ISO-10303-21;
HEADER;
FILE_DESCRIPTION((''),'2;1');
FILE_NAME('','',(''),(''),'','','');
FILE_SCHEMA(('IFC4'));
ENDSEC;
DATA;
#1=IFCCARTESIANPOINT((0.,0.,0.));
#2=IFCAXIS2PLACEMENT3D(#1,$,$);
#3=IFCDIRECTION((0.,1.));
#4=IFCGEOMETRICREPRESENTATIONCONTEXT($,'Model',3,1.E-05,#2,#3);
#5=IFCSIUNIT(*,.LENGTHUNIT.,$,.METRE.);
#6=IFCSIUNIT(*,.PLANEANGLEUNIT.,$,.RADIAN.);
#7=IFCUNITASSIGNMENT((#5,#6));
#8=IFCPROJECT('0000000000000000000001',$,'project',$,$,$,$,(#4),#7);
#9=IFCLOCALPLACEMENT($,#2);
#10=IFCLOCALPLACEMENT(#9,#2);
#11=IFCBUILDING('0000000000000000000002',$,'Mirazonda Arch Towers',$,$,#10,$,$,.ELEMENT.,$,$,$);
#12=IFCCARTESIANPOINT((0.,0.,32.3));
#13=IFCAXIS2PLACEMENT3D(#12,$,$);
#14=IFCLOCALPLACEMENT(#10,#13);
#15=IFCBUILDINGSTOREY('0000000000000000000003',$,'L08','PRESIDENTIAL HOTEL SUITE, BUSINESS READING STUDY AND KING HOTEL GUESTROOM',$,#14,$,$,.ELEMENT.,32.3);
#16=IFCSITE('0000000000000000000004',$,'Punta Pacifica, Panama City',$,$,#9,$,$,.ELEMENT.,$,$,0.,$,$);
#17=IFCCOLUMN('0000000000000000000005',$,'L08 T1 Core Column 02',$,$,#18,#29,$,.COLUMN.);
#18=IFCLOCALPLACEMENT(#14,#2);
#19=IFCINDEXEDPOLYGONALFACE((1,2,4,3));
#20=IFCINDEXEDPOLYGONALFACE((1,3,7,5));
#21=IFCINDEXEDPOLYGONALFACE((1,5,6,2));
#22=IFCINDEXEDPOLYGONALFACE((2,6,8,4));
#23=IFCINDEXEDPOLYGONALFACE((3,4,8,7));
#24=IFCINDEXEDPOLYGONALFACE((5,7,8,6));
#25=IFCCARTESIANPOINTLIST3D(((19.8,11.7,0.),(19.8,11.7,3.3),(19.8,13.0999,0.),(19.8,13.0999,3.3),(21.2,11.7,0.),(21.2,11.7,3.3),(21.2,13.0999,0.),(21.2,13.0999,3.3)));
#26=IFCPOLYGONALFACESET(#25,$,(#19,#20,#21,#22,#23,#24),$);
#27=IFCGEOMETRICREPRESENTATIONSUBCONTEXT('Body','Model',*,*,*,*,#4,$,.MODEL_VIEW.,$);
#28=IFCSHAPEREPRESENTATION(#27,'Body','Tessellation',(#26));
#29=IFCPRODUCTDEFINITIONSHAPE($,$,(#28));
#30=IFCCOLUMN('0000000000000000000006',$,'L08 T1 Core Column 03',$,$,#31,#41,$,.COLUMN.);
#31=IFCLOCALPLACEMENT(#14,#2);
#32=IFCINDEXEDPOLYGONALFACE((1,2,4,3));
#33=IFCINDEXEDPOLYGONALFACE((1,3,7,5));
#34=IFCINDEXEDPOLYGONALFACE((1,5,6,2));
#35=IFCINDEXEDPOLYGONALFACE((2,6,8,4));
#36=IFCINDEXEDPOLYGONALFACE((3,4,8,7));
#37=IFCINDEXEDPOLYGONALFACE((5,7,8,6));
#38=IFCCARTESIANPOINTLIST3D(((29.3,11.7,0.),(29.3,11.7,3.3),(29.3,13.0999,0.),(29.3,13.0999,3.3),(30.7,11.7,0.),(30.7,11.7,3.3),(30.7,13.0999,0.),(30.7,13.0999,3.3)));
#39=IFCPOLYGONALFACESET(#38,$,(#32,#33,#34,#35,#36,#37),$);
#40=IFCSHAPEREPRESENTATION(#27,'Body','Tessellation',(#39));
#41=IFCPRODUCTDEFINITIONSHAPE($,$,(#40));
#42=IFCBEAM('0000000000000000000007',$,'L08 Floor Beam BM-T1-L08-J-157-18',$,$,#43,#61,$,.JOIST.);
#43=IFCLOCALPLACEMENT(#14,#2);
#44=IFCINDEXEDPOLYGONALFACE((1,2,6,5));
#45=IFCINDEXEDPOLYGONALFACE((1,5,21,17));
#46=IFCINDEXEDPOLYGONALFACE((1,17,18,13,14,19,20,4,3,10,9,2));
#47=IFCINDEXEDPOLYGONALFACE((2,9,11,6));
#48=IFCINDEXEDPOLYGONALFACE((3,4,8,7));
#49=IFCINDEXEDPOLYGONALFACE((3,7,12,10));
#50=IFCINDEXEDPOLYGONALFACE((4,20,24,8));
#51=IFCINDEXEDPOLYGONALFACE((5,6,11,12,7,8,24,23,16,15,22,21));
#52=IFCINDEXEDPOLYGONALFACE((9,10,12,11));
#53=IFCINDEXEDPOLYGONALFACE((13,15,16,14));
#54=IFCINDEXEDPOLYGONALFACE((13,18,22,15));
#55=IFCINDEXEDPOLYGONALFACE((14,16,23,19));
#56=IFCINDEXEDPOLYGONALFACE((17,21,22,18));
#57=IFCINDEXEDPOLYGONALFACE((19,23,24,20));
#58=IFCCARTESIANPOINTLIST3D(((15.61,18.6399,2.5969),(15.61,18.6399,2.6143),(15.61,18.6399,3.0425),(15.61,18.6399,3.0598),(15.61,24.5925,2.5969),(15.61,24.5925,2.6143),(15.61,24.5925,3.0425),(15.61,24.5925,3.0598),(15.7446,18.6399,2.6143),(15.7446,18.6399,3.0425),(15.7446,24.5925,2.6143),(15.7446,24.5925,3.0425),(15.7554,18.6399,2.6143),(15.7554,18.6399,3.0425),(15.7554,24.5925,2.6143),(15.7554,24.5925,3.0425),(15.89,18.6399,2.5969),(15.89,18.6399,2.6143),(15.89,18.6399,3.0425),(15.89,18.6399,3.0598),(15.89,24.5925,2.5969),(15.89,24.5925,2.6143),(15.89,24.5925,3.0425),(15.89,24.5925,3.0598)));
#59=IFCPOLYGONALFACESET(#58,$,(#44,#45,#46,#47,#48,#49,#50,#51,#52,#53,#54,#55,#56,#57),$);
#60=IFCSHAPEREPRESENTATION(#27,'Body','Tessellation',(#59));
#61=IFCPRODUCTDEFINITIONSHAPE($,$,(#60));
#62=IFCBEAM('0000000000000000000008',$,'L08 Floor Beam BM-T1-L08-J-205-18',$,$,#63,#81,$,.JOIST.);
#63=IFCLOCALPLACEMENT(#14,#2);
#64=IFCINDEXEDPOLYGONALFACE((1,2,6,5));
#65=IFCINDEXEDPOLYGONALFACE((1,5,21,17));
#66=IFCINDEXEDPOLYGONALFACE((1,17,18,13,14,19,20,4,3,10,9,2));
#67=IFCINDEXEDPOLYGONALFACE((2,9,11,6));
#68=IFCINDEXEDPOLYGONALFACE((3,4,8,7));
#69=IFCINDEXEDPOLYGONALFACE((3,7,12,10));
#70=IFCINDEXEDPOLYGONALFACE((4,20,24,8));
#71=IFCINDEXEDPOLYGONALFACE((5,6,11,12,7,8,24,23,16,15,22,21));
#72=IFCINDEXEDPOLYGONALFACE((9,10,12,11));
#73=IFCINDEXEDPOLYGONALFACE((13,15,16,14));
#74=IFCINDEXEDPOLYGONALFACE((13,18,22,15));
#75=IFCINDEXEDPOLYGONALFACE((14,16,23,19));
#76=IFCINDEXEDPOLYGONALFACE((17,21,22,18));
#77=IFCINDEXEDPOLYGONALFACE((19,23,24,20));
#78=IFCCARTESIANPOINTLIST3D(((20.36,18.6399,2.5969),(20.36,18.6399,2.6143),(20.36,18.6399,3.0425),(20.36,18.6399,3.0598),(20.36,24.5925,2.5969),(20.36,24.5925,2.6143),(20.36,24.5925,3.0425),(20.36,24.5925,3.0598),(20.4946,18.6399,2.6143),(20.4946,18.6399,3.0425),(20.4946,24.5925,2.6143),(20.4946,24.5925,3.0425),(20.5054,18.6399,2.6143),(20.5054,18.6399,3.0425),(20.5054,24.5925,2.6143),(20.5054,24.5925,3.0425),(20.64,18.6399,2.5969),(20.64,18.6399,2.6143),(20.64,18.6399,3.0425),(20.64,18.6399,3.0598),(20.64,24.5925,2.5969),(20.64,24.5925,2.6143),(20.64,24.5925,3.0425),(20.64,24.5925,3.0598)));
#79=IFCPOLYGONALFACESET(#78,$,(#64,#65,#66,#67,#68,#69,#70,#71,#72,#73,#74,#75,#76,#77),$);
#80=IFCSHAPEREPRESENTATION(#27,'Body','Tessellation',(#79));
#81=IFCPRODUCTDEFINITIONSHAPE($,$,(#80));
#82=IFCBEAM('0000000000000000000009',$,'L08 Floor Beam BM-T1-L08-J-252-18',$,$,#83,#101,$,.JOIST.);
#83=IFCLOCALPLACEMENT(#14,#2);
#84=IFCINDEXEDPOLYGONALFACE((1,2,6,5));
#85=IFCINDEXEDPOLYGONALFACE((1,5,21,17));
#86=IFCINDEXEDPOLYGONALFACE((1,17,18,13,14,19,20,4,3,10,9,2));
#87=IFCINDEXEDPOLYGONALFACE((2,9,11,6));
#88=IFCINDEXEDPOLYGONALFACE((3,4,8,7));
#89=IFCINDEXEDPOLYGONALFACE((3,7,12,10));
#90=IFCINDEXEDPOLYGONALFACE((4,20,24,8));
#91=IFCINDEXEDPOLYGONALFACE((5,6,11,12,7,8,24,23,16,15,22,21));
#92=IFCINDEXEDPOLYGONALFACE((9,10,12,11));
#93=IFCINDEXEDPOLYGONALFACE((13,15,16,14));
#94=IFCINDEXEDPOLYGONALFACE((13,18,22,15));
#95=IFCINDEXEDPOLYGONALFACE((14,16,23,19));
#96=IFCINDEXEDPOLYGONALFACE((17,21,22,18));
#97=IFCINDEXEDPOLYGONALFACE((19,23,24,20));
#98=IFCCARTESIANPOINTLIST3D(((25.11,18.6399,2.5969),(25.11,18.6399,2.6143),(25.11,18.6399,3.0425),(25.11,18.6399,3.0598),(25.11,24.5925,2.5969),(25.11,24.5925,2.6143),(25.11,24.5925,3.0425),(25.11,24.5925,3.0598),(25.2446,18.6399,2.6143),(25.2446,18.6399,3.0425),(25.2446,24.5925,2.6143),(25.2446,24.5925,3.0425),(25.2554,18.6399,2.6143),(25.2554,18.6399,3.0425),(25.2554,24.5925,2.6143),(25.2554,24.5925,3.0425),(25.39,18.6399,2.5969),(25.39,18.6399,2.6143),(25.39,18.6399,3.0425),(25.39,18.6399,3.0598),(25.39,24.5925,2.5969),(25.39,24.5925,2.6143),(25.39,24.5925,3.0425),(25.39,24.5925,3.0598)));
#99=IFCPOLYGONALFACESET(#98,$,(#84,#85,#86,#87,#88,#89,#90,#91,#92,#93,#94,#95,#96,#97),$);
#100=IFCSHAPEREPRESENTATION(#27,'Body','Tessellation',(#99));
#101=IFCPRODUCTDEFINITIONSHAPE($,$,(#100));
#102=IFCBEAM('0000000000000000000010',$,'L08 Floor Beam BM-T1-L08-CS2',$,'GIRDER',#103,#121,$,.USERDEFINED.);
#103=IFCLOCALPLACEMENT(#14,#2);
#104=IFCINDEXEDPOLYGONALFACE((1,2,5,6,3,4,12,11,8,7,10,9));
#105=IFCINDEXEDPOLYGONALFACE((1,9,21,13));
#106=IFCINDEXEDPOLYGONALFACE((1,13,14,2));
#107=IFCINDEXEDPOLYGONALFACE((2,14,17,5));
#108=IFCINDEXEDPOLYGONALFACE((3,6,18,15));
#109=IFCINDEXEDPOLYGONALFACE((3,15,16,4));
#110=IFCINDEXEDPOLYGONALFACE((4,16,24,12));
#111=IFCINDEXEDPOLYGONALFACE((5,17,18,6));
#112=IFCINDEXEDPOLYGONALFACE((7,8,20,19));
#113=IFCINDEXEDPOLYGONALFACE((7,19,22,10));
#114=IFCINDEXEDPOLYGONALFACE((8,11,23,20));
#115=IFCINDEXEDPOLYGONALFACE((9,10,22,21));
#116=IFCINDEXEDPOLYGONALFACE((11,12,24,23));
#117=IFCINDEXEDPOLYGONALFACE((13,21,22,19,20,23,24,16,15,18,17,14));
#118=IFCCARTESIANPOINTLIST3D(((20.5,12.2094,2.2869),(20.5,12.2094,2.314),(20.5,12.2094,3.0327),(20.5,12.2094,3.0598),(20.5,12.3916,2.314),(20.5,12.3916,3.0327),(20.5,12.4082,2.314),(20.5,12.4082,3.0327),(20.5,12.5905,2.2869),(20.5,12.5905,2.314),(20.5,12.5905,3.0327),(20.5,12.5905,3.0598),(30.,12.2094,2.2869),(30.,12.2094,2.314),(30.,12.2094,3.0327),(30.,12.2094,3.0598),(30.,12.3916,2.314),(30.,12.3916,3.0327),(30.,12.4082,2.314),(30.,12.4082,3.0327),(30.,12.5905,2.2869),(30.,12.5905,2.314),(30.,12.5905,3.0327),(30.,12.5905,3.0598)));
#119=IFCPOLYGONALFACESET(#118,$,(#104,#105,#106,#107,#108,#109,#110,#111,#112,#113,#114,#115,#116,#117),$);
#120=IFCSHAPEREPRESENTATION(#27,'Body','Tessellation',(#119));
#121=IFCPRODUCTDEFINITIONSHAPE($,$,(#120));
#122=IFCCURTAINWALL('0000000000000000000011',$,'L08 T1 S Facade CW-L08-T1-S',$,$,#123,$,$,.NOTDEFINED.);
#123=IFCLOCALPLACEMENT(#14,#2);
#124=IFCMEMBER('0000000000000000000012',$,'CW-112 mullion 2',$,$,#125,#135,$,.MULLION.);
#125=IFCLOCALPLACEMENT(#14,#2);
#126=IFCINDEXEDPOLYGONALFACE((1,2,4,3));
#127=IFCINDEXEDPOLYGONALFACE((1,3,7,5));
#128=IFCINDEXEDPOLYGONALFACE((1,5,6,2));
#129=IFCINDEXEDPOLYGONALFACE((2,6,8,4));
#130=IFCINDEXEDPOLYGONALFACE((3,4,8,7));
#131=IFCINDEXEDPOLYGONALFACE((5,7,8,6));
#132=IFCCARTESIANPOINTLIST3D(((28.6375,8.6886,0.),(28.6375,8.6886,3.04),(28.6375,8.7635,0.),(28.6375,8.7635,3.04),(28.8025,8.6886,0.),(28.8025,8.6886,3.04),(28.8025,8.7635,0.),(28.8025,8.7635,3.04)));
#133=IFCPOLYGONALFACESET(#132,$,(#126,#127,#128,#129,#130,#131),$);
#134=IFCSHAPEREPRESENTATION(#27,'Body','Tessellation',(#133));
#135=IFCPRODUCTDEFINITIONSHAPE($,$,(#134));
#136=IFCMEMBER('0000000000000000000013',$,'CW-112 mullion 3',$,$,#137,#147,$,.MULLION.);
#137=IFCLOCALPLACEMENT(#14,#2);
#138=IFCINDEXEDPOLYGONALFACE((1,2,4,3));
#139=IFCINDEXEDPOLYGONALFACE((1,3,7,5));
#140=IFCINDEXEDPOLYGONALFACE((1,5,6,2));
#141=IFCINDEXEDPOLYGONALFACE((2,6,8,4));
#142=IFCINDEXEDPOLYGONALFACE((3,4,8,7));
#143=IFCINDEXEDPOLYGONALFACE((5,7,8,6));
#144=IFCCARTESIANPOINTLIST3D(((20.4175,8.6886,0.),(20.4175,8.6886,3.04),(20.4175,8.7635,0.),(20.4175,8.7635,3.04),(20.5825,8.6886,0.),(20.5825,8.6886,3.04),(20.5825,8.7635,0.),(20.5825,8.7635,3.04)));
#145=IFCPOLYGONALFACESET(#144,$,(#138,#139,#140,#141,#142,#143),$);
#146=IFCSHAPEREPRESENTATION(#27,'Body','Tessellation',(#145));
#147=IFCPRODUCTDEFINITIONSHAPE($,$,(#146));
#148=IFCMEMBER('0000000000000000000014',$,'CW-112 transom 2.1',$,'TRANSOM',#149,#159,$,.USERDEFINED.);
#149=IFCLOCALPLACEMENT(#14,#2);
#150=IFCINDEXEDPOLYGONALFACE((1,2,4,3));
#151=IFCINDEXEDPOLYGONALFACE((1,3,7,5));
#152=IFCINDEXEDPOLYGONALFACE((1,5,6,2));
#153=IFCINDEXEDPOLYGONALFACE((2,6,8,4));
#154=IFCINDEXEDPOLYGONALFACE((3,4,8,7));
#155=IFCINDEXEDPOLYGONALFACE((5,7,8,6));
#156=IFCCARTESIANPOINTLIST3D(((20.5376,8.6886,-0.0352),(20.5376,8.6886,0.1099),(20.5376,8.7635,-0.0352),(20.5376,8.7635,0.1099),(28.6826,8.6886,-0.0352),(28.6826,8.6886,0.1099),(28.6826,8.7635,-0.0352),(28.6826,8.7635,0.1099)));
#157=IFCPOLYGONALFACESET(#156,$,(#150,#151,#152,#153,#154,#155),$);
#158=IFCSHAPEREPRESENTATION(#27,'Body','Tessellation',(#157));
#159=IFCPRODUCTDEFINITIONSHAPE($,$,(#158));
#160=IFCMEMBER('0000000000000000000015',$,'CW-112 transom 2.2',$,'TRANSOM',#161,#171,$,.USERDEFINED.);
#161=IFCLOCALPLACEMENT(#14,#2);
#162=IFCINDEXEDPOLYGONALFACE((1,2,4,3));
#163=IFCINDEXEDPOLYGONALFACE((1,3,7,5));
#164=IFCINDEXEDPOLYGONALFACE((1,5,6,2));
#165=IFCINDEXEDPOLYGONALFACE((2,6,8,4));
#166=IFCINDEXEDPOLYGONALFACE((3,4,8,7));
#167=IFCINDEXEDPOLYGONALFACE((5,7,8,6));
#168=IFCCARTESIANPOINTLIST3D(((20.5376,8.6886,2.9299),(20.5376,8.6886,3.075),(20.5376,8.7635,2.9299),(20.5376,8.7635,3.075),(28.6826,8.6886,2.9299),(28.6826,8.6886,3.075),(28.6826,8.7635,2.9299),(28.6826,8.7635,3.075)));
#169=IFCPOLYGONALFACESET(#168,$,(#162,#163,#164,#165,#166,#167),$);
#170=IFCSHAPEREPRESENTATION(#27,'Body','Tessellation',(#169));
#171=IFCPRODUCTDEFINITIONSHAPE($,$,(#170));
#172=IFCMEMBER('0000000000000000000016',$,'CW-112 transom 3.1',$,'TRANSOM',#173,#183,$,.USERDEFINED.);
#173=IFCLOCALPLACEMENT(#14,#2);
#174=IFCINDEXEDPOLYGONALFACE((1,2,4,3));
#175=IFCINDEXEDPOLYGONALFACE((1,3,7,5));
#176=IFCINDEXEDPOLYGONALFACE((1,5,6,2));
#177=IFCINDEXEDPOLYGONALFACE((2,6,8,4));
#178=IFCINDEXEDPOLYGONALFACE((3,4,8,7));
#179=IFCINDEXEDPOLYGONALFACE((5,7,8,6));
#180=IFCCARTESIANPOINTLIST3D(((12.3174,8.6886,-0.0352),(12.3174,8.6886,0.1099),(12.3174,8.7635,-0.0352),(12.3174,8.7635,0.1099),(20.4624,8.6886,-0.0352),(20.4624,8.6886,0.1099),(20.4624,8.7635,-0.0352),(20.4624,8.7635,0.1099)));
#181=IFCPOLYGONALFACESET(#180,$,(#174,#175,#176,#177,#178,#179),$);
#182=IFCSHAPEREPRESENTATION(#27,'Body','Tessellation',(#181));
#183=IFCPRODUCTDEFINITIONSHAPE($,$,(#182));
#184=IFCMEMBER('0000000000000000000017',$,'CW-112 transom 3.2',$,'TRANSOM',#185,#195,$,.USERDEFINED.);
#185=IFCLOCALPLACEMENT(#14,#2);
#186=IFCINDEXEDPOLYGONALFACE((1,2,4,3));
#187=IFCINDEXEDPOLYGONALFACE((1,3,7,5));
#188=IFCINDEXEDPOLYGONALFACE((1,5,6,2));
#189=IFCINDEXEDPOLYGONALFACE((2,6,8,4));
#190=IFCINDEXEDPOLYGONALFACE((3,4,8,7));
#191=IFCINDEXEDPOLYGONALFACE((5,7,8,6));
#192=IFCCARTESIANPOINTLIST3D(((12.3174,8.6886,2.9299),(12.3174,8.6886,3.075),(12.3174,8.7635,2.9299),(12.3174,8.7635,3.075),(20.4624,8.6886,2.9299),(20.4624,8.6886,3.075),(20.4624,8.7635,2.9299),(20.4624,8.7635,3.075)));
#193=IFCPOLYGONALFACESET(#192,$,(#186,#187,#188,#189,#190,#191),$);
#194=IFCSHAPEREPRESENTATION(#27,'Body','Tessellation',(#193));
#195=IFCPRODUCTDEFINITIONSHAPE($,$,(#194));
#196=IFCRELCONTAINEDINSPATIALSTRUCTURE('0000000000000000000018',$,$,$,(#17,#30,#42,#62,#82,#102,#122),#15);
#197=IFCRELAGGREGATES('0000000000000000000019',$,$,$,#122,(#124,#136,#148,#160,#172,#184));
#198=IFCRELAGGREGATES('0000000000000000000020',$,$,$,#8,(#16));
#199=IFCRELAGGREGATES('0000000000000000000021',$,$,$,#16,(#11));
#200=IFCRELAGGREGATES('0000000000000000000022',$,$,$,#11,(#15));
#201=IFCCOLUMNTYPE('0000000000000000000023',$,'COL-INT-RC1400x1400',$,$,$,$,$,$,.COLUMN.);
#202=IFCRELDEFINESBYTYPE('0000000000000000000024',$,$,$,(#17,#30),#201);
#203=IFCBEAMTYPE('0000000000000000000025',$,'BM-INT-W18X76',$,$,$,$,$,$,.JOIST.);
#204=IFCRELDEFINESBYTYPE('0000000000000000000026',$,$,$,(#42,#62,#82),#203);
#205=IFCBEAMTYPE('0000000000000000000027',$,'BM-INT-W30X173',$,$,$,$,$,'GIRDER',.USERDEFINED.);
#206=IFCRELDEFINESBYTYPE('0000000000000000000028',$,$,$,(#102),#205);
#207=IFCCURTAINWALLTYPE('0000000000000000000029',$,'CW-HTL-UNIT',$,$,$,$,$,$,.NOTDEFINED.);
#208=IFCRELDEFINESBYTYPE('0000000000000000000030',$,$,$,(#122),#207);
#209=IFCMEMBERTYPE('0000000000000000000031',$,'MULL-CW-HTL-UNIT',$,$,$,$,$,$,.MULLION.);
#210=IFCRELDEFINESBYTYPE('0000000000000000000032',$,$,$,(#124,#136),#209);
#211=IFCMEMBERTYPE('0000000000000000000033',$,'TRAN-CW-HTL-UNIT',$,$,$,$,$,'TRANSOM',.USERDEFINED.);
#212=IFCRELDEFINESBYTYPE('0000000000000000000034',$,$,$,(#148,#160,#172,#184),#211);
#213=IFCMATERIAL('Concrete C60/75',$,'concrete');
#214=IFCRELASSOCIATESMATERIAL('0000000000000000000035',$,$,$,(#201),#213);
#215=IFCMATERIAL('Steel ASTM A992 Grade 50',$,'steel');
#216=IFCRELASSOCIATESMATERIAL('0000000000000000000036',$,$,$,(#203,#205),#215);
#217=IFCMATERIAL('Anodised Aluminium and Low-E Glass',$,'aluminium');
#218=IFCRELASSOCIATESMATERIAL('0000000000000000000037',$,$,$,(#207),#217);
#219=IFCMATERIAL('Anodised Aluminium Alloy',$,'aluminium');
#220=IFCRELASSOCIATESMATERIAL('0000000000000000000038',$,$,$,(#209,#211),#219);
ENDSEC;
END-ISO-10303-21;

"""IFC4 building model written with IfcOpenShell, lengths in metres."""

from ifc_helpers import new_model, si_unit, direction, frame, origin, origin_2d, place, context, subcontext, project, spatial, rectangle, i_section, extrude, material, material_profile, profile_set, type_object, element, aggregate, save


model = new_model("IFC4")

# Units and contexts
model_context = context("Model", 3, precision=1e-05, world=origin(), true_north=direction((0.0, 1.0)))
body_context = subcontext(model_context, "Body", "Model", "MODEL_VIEW")
ifc_project = project(units=[si_unit("LENGTHUNIT", "METRE"), si_unit("PLANEANGLEUNIT", "RADIAN")], contexts=[model_context])

# Site, building, storey
site_placement = place(None, origin())
site = spatial("IfcSite", under=ifc_project, at=site_placement, Name="Punta Pacifica, Panama City", CompositionType="ELEMENT", RefElevation=0.0)
building_placement = place(site_placement, origin())
building = spatial("IfcBuilding", under=site, at=building_placement, Name="Mirazonda Arch Towers", CompositionType="ELEMENT")
storey_placement = place(building_placement, frame((0.0, 0.0, 32.3)))
storey = spatial("IfcBuildingStorey", under=building, at=storey_placement, Name="L08", Description="PRESIDENTIAL HOTEL SUITE, BUSINESS READING STUDY AND KING HOTEL GUESTROOM", CompositionType="ELEMENT", Elevation=32.3)

# Columns
ifc_material_1 = material(Name="Concrete C60/75", Category="concrete")
ifc_material_profile_1 = material_profile(ifc_material_1, rectangle(XDim=1.3999, YDim=1.3999, at=origin_2d()), Name="RC1400x1400")
ifc_profile_set_1 = profile_set([ifc_material_profile_1], Name="Concrete C60/75")
column_type = type_object("IfcColumnType", Name="COL-INT-RC1400x1400", PredefinedType="COLUMN", material=ifc_profile_set_1)
for number, where, z_axis, x_axis, name in (
    (1, (20.5, 12.3999, 0.0), (0.0, 0.0, 1.0), (1.0, 0.0, 0.0), "L08 T1 Core Column 02"),
    (2, (30.0, 12.3999, 0.0), (0.0, 0.0, 1.0), (1.0, 0.0, 0.0), "L08 T1 Core Column 03"),
):
    element("IfcColumn", number, at=place(storey_placement, frame(where, z_axis=z_axis, x_axis=x_axis)), inside=storey, type_object=column_type, Name=name, PredefinedType="COLUMN", context=body_context, shape_type="SweptSolid", body=[
        extrude(rectangle(XDim=1.3999, YDim=1.3999, at=origin_2d()), origin(), (0.0, 0.0, 1.0), 3.3),
    ])

# Beams
ifc_material_2 = material(Name="Steel ASTM A992 Grade 50", Category="steel")
ifc_material_profile_2 = material_profile(ifc_material_2, i_section(OverallWidth=0.28, OverallDepth=0.4629, WebThickness=0.0107, FlangeThickness=0.0173, at=origin_2d()), Name="W18X76")
ifc_profile_set_2 = profile_set([ifc_material_profile_2], Name="Steel ASTM A992 Grade 50")
beam_type_1 = type_object("IfcBeamType", Name="BM-INT-W18X76", PredefinedType="JOIST", material=ifc_profile_set_2)
for number, where, z_axis, x_axis, name in (
    (3, (15.75, 18.6399, 2.8284), (0.0, 1.0, 0.0), (-1.0, 0.0, 0.0), "L08 Floor Beam BM-T1-L08-J-157-18"),
    (4, (20.5, 18.6399, 2.8284), (0.0, 1.0, 0.0), (-1.0, 0.0, 0.0), "L08 Floor Beam BM-T1-L08-J-205-18"),
    (5, (25.25, 18.6399, 2.8284), (0.0, 1.0, 0.0), (-1.0, 0.0, 0.0), "L08 Floor Beam BM-T1-L08-J-252-18"),
):
    element("IfcBeam", number, at=place(storey_placement, frame(where, z_axis=z_axis, x_axis=x_axis)), inside=storey, type_object=beam_type_1, Name=name, PredefinedType="JOIST", context=body_context, shape_type="SweptSolid", body=[
        extrude(i_section(OverallWidth=0.28, OverallDepth=0.4629, WebThickness=0.0107, FlangeThickness=0.0173, at=origin_2d()), origin(), (0.0, 0.0, 1.0), 5.9526),
    ])
ifc_material_profile_3 = material_profile(ifc_material_2, i_section(OverallWidth=0.3811, OverallDepth=0.7729, WebThickness=0.0166, FlangeThickness=0.0271, at=origin_2d()), Name="W30X173")
ifc_profile_set_3 = profile_set([ifc_material_profile_3], Name="Steel ASTM A992 Grade 50")
beam_type_2 = type_object("IfcBeamType", Name="BM-INT-W30X173", ElementType="GIRDER", PredefinedType="USERDEFINED", material=ifc_profile_set_3)
beam_placement = place(storey_placement, frame((20.5, 12.3999, 2.6733), z_axis=(1.0, 0.0, 0.0), x_axis=(0.0, 1.0, 0.0)))
element("IfcBeam", 6, at=beam_placement, inside=storey, type_object=beam_type_2, Name="L08 Floor Beam BM-T1-L08-CS2", ObjectType="GIRDER", PredefinedType="USERDEFINED", context=body_context, shape_type="SweptSolid", body=[
    extrude(i_section(OverallWidth=0.3811, OverallDepth=0.7729, WebThickness=0.0166, FlangeThickness=0.0271, at=origin_2d()), origin(), (0.0, 0.0, 1.0), 9.5),
])

# Curtain wall, members
ifc_material_3 = material(Name="Anodised Aluminium and Low-E Glass", Category="aluminium")
curtain_wall_type = type_object("IfcCurtainWallType", Name="CW-HTL-UNIT", PredefinedType="NOTDEFINED", material=ifc_material_3)
curtain_wall_placement = place(storey_placement, origin())
curtain_wall = element("IfcCurtainWall", 7, at=curtain_wall_placement, inside=storey, type_object=curtain_wall_type, Name="L08 T1 S Facade CW-L08-T1-S", PredefinedType="NOTDEFINED")
ifc_material_4 = material(Name="Anodised Aluminium Alloy", Category="aluminium")
ifc_material_profile_4 = material_profile(ifc_material_4, rectangle(XDim=0.075, YDim=0.165, at=origin_2d()), Name="ALU-MULL-75x165")
ifc_profile_set_4 = profile_set([ifc_material_profile_4], Name="Anodised Aluminium Alloy")
member_type_1 = type_object("IfcMemberType", Name="MULL-CW-HTL-UNIT", PredefinedType="MULLION", material=ifc_profile_set_4)
member_1_placement = place(storey_placement, frame((28.72, 8.7261, 0.0), z_axis=(0.0, 0.0, 1.0), x_axis=(0.0, -1.0, 0.0)))
member_1 = element("IfcMember", 8, at=member_1_placement, type_object=member_type_1, Name="CW-112 mullion 2", PredefinedType="MULLION", context=body_context, shape_type="SweptSolid", body=[
    extrude(rectangle(XDim=0.075, YDim=0.165, at=origin_2d()), origin(), (0.0, 0.0, 1.0), 3.04),
])
member_2_placement = place(storey_placement, frame((20.5, 8.7261, 0.0), z_axis=(0.0, 0.0, 1.0), x_axis=(0.0, -1.0, 0.0)))
member_2 = element("IfcMember", 9, at=member_2_placement, type_object=member_type_1, Name="CW-112 mullion 3", PredefinedType="MULLION", context=body_context, shape_type="SweptSolid", body=[
    extrude(rectangle(XDim=0.075, YDim=0.165, at=origin_2d()), origin(), (0.0, 0.0, 1.0), 3.04),
])
ifc_material_profile_5 = material_profile(ifc_material_4, rectangle(XDim=0.075, YDim=0.145, at=origin_2d()), Name="ALU-TRAN-75x145")
ifc_profile_set_5 = profile_set([ifc_material_profile_5], Name="Anodised Aluminium Alloy")
member_type_2 = type_object("IfcMemberType", Name="TRAN-CW-HTL-UNIT", ElementType="TRANSOM", PredefinedType="USERDEFINED", material=ifc_profile_set_5)
member_3_placement = place(storey_placement, frame((28.6826, 8.7261, 0.0374), z_axis=(-1.0, 0.0, 0.0), x_axis=(0.0, -1.0, 0.0)))
member_3 = element("IfcMember", 10, at=member_3_placement, type_object=member_type_2, Name="CW-112 transom 2.1", ObjectType="TRANSOM", PredefinedType="USERDEFINED", context=body_context, shape_type="SweptSolid", body=[
    extrude(rectangle(XDim=0.075, YDim=0.145, at=origin_2d()), origin(), (0.0, 0.0, 1.0), 8.145),
])
member_4_placement = place(storey_placement, frame((28.6826, 8.7261, 3.0024), z_axis=(-1.0, 0.0, 0.0), x_axis=(0.0, -1.0, 0.0)))
member_4 = element("IfcMember", 11, at=member_4_placement, type_object=member_type_2, Name="CW-112 transom 2.2", ObjectType="TRANSOM", PredefinedType="USERDEFINED", context=body_context, shape_type="SweptSolid", body=[
    extrude(rectangle(XDim=0.075, YDim=0.145, at=origin_2d()), origin(), (0.0, 0.0, 1.0), 8.145),
])
member_5_placement = place(storey_placement, frame((20.4624, 8.7261, 0.0374), z_axis=(-1.0, 0.0, 0.0), x_axis=(0.0, -1.0, 0.0)))
member_5 = element("IfcMember", 12, at=member_5_placement, type_object=member_type_2, Name="CW-112 transom 3.1", ObjectType="TRANSOM", PredefinedType="USERDEFINED", context=body_context, shape_type="SweptSolid", body=[
    extrude(rectangle(XDim=0.075, YDim=0.145, at=origin_2d()), origin(), (0.0, 0.0, 1.0), 8.145),
])
member_6_placement = place(storey_placement, frame((20.4624, 8.7261, 3.0024), z_axis=(-1.0, 0.0, 0.0), x_axis=(0.0, -1.0, 0.0)))
member_6 = element("IfcMember", 13, at=member_6_placement, type_object=member_type_2, Name="CW-112 transom 3.2", ObjectType="TRANSOM", PredefinedType="USERDEFINED", context=body_context, shape_type="SweptSolid", body=[
    extrude(rectangle(XDim=0.075, YDim=0.145, at=origin_2d()), origin(), (0.0, 0.0, 1.0), 8.145),
])
aggregate(curtain_wall, [member_1, member_2, member_3, member_4, member_5, member_6])

save(model, "model.ifc")
